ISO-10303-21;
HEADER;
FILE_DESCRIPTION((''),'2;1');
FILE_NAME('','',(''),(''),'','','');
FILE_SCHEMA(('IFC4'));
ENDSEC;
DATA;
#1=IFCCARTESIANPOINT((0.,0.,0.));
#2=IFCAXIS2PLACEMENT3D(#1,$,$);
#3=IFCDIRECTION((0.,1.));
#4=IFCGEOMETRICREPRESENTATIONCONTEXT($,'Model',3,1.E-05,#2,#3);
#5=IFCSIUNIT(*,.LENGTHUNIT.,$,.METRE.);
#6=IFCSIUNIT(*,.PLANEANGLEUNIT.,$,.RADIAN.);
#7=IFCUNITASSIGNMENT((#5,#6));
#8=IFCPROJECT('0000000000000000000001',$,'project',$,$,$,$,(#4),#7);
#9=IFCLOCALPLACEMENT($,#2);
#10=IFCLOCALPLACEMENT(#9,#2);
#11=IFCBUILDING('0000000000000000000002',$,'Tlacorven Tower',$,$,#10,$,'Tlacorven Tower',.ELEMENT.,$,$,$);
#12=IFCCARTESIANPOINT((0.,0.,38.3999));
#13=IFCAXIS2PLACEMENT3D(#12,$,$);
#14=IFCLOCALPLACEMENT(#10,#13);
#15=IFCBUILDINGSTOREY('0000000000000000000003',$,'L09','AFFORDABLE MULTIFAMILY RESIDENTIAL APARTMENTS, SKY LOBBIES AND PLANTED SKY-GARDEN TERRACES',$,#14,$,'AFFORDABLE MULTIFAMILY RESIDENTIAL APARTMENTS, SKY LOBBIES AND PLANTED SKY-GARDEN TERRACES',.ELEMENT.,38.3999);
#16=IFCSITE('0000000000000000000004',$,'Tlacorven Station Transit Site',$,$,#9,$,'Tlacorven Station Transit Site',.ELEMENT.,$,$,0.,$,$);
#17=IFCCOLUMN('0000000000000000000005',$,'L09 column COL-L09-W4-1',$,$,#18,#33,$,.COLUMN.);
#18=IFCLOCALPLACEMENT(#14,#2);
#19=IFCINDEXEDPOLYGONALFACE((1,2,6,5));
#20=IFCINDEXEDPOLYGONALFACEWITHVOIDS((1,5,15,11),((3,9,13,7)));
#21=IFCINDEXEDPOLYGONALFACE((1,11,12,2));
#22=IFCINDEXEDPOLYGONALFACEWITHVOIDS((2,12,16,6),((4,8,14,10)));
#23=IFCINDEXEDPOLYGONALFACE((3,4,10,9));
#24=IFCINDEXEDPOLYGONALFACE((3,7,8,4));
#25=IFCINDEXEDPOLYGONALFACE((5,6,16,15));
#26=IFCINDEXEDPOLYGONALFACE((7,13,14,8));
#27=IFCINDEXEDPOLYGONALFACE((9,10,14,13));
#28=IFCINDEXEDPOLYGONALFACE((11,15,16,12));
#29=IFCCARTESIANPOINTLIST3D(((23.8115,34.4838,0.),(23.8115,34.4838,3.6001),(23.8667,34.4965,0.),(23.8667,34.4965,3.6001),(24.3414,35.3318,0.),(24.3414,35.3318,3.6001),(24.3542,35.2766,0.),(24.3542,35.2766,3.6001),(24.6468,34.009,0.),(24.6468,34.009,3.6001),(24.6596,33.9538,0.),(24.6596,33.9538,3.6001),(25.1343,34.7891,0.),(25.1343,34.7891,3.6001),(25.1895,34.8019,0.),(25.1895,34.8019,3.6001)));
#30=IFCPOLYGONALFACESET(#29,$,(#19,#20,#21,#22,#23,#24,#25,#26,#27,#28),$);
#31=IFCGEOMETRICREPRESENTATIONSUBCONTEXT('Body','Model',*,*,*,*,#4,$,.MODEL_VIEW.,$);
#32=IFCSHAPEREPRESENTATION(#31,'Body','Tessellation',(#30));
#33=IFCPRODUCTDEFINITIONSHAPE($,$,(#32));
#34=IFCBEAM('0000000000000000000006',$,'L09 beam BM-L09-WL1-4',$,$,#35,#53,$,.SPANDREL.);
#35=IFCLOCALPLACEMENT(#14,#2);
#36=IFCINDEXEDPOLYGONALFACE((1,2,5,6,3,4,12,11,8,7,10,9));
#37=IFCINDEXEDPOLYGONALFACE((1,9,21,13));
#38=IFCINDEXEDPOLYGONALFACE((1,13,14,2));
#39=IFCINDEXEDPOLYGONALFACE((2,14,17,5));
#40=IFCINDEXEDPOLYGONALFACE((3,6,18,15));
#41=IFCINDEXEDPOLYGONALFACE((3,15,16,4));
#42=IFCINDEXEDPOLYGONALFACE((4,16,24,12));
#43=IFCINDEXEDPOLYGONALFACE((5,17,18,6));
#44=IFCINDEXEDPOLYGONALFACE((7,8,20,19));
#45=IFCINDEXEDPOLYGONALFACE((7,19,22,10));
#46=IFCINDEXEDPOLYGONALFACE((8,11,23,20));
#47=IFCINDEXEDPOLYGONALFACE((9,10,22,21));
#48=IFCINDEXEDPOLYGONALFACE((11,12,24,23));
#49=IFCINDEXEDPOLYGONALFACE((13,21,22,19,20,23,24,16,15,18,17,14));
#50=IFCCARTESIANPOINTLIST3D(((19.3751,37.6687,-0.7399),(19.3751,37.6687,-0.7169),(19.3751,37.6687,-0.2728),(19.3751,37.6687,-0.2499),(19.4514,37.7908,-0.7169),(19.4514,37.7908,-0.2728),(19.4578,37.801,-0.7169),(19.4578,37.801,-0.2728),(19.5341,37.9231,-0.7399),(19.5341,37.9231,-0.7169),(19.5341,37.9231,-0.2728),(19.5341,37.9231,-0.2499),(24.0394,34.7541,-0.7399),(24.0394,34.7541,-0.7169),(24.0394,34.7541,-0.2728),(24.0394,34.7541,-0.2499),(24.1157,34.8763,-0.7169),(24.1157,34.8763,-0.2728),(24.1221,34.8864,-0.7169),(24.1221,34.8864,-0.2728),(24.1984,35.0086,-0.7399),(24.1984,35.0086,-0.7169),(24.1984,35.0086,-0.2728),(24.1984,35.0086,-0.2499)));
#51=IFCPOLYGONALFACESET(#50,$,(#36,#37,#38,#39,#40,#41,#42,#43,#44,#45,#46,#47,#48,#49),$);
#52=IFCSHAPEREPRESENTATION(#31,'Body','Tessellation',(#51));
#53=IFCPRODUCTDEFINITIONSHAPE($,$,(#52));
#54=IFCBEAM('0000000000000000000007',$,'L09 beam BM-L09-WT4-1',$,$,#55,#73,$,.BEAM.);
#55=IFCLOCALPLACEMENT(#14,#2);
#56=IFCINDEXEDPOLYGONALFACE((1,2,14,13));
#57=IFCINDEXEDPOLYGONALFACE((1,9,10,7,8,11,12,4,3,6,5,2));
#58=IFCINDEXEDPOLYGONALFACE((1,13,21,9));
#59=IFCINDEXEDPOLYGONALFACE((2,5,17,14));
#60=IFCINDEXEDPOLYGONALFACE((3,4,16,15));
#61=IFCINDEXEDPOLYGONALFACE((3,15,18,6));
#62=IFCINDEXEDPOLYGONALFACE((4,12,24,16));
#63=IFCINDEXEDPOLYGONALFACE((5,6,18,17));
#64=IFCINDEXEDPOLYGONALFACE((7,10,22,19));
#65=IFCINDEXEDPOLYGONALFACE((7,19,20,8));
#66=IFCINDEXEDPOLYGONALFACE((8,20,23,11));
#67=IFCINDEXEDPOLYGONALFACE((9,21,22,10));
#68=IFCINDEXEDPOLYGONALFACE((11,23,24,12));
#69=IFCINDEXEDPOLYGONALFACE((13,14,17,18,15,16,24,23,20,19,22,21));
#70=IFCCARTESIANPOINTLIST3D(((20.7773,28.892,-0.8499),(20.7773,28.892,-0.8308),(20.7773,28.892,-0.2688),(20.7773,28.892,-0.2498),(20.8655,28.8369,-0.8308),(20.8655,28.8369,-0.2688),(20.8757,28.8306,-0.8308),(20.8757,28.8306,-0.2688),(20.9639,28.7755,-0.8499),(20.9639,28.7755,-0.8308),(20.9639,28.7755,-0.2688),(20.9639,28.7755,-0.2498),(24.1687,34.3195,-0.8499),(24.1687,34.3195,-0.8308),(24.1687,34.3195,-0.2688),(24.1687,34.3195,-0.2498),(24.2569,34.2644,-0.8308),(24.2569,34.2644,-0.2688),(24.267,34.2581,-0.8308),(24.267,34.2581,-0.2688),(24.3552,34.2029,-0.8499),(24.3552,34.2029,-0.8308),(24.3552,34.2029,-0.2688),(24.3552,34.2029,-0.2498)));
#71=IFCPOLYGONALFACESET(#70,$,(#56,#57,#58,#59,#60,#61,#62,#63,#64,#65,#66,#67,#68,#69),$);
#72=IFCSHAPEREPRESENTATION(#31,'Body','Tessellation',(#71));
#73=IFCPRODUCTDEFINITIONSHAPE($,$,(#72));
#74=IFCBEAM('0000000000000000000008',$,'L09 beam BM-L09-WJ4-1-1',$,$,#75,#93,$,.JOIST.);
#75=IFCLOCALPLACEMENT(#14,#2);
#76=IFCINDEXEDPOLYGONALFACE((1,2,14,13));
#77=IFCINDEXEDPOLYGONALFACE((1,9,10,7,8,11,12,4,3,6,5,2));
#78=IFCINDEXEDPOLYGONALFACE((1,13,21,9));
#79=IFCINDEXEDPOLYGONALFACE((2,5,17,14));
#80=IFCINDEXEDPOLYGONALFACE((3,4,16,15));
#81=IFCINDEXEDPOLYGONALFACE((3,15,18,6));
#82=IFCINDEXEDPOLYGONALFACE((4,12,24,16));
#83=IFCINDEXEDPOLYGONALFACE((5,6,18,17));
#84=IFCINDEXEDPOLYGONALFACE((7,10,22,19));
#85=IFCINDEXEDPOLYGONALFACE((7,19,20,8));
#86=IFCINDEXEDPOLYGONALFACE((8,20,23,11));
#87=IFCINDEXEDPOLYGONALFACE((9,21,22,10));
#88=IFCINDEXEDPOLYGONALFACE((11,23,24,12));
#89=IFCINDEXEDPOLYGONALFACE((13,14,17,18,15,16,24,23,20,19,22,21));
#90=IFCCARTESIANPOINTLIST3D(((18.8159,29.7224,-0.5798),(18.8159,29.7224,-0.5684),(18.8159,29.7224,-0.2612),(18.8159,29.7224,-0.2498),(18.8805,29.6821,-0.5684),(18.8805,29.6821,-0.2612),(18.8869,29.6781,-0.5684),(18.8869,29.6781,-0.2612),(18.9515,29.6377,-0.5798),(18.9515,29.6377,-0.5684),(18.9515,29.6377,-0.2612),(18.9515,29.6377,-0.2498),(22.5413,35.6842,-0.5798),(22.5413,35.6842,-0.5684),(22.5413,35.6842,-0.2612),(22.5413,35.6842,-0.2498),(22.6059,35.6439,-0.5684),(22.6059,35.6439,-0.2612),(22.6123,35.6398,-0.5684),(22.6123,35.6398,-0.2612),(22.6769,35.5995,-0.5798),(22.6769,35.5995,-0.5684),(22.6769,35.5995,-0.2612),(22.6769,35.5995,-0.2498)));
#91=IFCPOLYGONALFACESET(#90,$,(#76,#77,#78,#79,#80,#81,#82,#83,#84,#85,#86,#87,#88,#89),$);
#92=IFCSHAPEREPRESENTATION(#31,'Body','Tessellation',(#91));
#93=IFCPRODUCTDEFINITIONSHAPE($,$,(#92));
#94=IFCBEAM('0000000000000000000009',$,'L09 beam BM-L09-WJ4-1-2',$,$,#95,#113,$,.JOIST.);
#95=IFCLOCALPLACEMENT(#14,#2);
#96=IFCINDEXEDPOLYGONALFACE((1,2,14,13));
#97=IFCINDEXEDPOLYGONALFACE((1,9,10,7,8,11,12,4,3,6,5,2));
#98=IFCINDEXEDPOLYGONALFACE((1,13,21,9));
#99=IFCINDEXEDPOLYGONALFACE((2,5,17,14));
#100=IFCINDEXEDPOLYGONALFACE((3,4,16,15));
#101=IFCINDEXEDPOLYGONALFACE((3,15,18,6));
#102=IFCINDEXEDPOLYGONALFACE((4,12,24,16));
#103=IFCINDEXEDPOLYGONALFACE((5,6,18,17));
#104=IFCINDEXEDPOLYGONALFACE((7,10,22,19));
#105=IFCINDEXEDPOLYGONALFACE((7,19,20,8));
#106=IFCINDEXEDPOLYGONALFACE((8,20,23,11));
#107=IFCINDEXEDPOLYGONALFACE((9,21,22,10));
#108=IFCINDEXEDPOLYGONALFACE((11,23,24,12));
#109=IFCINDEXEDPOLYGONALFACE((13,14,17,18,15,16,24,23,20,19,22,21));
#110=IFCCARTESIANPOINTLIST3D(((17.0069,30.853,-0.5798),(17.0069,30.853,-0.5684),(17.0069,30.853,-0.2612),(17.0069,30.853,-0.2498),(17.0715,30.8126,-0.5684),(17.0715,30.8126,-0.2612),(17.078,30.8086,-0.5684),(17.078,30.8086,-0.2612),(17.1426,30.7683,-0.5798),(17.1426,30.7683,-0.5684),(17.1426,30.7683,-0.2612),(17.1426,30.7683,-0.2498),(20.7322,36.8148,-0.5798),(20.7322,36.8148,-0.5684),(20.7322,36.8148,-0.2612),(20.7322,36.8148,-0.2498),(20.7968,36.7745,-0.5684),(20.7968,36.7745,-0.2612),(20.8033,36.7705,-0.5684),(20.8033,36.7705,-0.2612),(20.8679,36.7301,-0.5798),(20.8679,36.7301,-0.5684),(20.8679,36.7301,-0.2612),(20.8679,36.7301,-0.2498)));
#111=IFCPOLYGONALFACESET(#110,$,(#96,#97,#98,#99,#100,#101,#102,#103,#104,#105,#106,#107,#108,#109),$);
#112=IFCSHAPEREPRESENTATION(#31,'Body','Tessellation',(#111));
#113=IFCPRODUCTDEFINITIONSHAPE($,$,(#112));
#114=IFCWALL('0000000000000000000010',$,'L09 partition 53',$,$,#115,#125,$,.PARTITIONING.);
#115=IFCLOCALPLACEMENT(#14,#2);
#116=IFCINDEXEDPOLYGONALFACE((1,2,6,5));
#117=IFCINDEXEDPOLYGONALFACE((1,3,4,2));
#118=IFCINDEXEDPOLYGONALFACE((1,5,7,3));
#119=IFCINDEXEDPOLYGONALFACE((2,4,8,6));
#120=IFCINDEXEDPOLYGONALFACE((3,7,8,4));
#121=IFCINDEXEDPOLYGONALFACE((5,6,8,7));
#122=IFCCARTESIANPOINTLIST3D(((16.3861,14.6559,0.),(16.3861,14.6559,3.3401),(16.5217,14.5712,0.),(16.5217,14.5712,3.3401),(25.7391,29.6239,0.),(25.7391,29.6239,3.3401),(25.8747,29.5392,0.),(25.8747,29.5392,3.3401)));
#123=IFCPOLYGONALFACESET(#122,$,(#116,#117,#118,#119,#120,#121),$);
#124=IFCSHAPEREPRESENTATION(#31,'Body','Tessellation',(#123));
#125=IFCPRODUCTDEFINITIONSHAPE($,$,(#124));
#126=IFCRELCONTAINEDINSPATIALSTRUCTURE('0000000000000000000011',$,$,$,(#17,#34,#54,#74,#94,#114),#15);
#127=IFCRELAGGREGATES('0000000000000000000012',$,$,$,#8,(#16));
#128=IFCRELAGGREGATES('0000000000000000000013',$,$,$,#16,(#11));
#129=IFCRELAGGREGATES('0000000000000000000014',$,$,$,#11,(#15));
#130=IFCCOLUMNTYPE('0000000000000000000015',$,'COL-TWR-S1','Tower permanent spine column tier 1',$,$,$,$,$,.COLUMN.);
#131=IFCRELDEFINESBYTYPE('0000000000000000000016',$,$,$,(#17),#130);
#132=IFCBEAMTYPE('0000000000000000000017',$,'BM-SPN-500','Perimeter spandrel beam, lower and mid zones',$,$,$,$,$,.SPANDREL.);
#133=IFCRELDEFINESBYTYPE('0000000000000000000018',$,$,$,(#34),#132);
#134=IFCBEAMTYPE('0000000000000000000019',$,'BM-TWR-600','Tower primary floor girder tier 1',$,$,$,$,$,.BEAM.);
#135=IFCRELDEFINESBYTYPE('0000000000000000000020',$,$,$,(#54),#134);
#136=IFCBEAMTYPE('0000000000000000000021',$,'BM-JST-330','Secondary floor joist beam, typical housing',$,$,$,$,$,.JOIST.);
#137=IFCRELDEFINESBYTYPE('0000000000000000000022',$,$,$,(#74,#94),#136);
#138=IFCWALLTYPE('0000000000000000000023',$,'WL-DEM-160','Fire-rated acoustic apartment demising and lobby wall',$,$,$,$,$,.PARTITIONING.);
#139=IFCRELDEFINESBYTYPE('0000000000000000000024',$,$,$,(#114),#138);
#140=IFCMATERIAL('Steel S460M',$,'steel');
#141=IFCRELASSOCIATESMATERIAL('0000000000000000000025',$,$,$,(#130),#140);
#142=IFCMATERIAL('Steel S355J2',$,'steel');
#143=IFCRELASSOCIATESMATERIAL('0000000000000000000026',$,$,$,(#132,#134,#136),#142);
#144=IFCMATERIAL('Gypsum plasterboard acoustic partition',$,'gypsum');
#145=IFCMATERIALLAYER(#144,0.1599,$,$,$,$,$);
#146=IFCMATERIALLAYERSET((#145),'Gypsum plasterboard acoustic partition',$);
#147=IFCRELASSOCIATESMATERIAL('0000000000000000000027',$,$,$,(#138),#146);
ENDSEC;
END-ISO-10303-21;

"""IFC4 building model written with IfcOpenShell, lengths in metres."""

from ifc_helpers import new_model, si_unit, direction, frame, frame_2d, origin, origin_2d, place, context, subcontext, project, spatial, rectangle, hollow_rectangle, i_section, extrude, source, transform, mapped, material, layer, layer_set, material_profile, profile_set, type_object, element, save


model = new_model("IFC4")

# Units and contexts
model_context = context("Model", 3, precision=1e-05, world=origin(), true_north=direction((0.0, 1.0)))
body_context = subcontext(model_context, "Body", "Model", "MODEL_VIEW")
ifc_project = project(units=[si_unit("LENGTHUNIT", "METRE"), si_unit("PLANEANGLEUNIT", "RADIAN")], contexts=[model_context])

# Site, building, storey
site_placement = place(None, origin())
site = spatial("IfcSite", under=ifc_project, at=site_placement, Name="Tlacorven Station Transit Site", LongName="Tlacorven Station Transit Site", CompositionType="ELEMENT", RefElevation=0.0)
building_placement = place(site_placement, origin())
building = spatial("IfcBuilding", under=site, at=building_placement, Name="Tlacorven Tower", LongName="Tlacorven Tower", CompositionType="ELEMENT")
storey_placement = place(building_placement, frame((0.0, 0.0, 38.3999)))
storey = spatial("IfcBuildingStorey", under=building, at=storey_placement, Name="L09", Description="AFFORDABLE MULTIFAMILY RESIDENTIAL APARTMENTS, SKY LOBBIES AND PLANTED SKY-GARDEN TERRACES", LongName="AFFORDABLE MULTIFAMILY RESIDENTIAL APARTMENTS, SKY LOBBIES AND PLANTED SKY-GARDEN TERRACES", CompositionType="ELEMENT", Elevation=38.3999)

# Column
ifc_material_1 = material(Name="Steel S460M", Category="steel")
ifc_material_profile_1 = material_profile(ifc_material_1, hollow_rectangle(XDim=1.0, YDim=1.0, WallThickness=0.04, at=origin_2d()), Name="BOX 1000X1000X40")
ifc_profile_set_1 = profile_set([ifc_material_profile_1], Name="Steel S460M")
column_type = type_object("IfcColumnType", Name="COL-TWR-S1", Description="Tower permanent spine column tier 1", PredefinedType="COLUMN", material=ifc_profile_set_1)
shared_shape_1 = source(origin(), body_context, "Body", "SweptSolid", [
    extrude(hollow_rectangle(XDim=1.0, YDim=1.0, WallThickness=0.04, at=origin_2d()), origin(), (0.0, 0.0, 1.0), 3.6001),
])
column_placement = place(storey_placement, frame((24.5005, 34.6428, 0.0), z_axis=(0.0, 0.0, 1.0), x_axis=(-0.848048, 0.529919, 0.0)))
element("IfcColumn", 1, at=column_placement, inside=storey, type_object=column_type, Name="L09 column COL-L09-W4-1", PredefinedType="COLUMN", context=body_context, shape_type="MappedRepresentation", body=[
    mapped(shared_shape_1, transform((0.0, 0.0, 0.0), scale=1.0)),
])

# Beams
ifc_material_2 = material(Name="Steel S355J2", Category="steel")
ifc_material_profile_2 = material_profile(ifc_material_2, i_section(OverallWidth=0.3, OverallDepth=0.49, WebThickness=0.012, FlangeThickness=0.0229, at=origin_2d()), Name="HEA 500")
ifc_profile_set_2 = profile_set([ifc_material_profile_2], Name="Steel S355J2")
beam_type_1 = type_object("IfcBeamType", Name="BM-SPN-500", Description="Perimeter spandrel beam, lower and mid zones", PredefinedType="SPANDREL", material=ifc_profile_set_2)
shared_shape_2 = source(origin(), body_context, "Body", "SweptSolid", [
    extrude(i_section(OverallWidth=0.3, OverallDepth=0.49, WebThickness=0.012, FlangeThickness=0.0229, at=origin_2d()), origin(), (0.0, 0.0, 1.0), 5.5),
])
beam_1_placement = place(storey_placement, frame((24.1189, 34.8813, -0.4949), z_axis=(-0.848051, 0.529915, 0.0), x_axis=(-0.529915, -0.848051, 0.0)))
element("IfcBeam", 2, at=beam_1_placement, inside=storey, type_object=beam_type_1, Name="L09 beam BM-L09-WL1-4", PredefinedType="SPANDREL", context=body_context, shape_type="MappedRepresentation", body=[
    mapped(shared_shape_2, transform((0.0, 0.0, 0.0), scale=1.0)),
])
ifc_material_profile_3 = material_profile(ifc_material_2, i_section(OverallWidth=0.22, OverallDepth=0.6001, WebThickness=0.012, FlangeThickness=0.019, at=origin_2d()), Name="IPE 600")
ifc_profile_set_3 = profile_set([ifc_material_profile_3], Name="Steel S355J2")
beam_type_2 = type_object("IfcBeamType", Name="BM-TWR-600", Description="Tower primary floor girder tier 1", PredefinedType="BEAM", material=ifc_profile_set_3)
shared_shape_3 = source(origin(), body_context, "Body", "SweptSolid", [
    extrude(i_section(OverallWidth=0.22, OverallDepth=0.6001, WebThickness=0.012, FlangeThickness=0.019, at=origin_2d()), origin(), (0.0, 0.0, 1.0), 6.3999),
])
beam_2_placement = place(storey_placement, frame((24.262, 34.2612, -0.5498), z_axis=(-0.529906, -0.848056, 0.0), x_axis=(0.848056, -0.529906, 0.0)))
element("IfcBeam", 3, at=beam_2_placement, inside=storey, type_object=beam_type_2, Name="L09 beam BM-L09-WT4-1", PredefinedType="BEAM", context=body_context, shape_type="MappedRepresentation", body=[
    mapped(shared_shape_3, transform((0.0, 0.0, 0.0), scale=1.0)),
])
ifc_material_profile_4 = material_profile(ifc_material_2, i_section(OverallWidth=0.1599, OverallDepth=0.3301, WebThickness=0.0076, FlangeThickness=0.0115, at=origin_2d()), Name="IPE 330")
ifc_profile_set_4 = profile_set([ifc_material_profile_4], Name="Steel S355J2")
beam_type_3 = type_object("IfcBeamType", Name="BM-JST-330", Description="Secondary floor joist beam, typical housing", PredefinedType="JOIST", material=ifc_profile_set_4)
shared_shape_4 = source(origin(), body_context, "Body", "SweptSolid", [
    extrude(i_section(OverallWidth=0.1599, OverallDepth=0.3301, WebThickness=0.0076, FlangeThickness=0.0115, at=origin_2d()), origin(), (0.0, 0.0, 1.0), 7.03),
])
for number, where, z_axis, x_axis, name in (
    (4, (22.6091, 35.6418, -0.4148), (-0.529927, -0.848043, 0.0), (0.848043, -0.529927, 0.0), "L09 beam BM-L09-WJ4-1-1"),
    (5, (20.8, 36.7725, -0.4148), (-0.529912, -0.848053, 0.0), (0.848053, -0.529912, 0.0), "L09 beam BM-L09-WJ4-1-2"),
):
    element("IfcBeam", number, at=place(storey_placement, frame(where, z_axis=z_axis, x_axis=x_axis)), inside=storey, type_object=beam_type_3, Name=name, PredefinedType="JOIST", context=body_context, shape_type="MappedRepresentation", body=[
        mapped(shared_shape_4, transform((0.0, 0.0, 0.0), scale=1.0)),
    ])

# Wall
ifc_material_3 = material(Name="Gypsum plasterboard acoustic partition", Category="gypsum")
ifc_layer_1 = layer(ifc_material_3, 0.1599)
ifc_layer_set_1 = layer_set([ifc_layer_1], Name="Gypsum plasterboard acoustic partition")
wall_type_1 = type_object("IfcWallType", Name="WL-DEM-160", Description="Fire-rated acoustic apartment demising and lobby wall", PredefinedType="PARTITIONING", material=ifc_layer_set_1)
wall_1_placement = place(storey_placement, frame((25.8069, 29.5815, 0.0), z_axis=(0.0, 0.0, 1.0), x_axis=(-0.529918, -0.848049, 0.0)))
element("IfcWall", 6, at=wall_1_placement, inside=storey, type_object=wall_type_1, Name="L09 partition 53", PredefinedType="PARTITIONING", context=body_context, shape_type="SweptSolid", body=[
    extrude(rectangle(XDim=17.6499, YDim=0.1599, at=frame_2d((8.825, 0.0))), origin(), (0.0, 0.0, 1.0), 3.3401),
])

save(model, "model.ifc")
